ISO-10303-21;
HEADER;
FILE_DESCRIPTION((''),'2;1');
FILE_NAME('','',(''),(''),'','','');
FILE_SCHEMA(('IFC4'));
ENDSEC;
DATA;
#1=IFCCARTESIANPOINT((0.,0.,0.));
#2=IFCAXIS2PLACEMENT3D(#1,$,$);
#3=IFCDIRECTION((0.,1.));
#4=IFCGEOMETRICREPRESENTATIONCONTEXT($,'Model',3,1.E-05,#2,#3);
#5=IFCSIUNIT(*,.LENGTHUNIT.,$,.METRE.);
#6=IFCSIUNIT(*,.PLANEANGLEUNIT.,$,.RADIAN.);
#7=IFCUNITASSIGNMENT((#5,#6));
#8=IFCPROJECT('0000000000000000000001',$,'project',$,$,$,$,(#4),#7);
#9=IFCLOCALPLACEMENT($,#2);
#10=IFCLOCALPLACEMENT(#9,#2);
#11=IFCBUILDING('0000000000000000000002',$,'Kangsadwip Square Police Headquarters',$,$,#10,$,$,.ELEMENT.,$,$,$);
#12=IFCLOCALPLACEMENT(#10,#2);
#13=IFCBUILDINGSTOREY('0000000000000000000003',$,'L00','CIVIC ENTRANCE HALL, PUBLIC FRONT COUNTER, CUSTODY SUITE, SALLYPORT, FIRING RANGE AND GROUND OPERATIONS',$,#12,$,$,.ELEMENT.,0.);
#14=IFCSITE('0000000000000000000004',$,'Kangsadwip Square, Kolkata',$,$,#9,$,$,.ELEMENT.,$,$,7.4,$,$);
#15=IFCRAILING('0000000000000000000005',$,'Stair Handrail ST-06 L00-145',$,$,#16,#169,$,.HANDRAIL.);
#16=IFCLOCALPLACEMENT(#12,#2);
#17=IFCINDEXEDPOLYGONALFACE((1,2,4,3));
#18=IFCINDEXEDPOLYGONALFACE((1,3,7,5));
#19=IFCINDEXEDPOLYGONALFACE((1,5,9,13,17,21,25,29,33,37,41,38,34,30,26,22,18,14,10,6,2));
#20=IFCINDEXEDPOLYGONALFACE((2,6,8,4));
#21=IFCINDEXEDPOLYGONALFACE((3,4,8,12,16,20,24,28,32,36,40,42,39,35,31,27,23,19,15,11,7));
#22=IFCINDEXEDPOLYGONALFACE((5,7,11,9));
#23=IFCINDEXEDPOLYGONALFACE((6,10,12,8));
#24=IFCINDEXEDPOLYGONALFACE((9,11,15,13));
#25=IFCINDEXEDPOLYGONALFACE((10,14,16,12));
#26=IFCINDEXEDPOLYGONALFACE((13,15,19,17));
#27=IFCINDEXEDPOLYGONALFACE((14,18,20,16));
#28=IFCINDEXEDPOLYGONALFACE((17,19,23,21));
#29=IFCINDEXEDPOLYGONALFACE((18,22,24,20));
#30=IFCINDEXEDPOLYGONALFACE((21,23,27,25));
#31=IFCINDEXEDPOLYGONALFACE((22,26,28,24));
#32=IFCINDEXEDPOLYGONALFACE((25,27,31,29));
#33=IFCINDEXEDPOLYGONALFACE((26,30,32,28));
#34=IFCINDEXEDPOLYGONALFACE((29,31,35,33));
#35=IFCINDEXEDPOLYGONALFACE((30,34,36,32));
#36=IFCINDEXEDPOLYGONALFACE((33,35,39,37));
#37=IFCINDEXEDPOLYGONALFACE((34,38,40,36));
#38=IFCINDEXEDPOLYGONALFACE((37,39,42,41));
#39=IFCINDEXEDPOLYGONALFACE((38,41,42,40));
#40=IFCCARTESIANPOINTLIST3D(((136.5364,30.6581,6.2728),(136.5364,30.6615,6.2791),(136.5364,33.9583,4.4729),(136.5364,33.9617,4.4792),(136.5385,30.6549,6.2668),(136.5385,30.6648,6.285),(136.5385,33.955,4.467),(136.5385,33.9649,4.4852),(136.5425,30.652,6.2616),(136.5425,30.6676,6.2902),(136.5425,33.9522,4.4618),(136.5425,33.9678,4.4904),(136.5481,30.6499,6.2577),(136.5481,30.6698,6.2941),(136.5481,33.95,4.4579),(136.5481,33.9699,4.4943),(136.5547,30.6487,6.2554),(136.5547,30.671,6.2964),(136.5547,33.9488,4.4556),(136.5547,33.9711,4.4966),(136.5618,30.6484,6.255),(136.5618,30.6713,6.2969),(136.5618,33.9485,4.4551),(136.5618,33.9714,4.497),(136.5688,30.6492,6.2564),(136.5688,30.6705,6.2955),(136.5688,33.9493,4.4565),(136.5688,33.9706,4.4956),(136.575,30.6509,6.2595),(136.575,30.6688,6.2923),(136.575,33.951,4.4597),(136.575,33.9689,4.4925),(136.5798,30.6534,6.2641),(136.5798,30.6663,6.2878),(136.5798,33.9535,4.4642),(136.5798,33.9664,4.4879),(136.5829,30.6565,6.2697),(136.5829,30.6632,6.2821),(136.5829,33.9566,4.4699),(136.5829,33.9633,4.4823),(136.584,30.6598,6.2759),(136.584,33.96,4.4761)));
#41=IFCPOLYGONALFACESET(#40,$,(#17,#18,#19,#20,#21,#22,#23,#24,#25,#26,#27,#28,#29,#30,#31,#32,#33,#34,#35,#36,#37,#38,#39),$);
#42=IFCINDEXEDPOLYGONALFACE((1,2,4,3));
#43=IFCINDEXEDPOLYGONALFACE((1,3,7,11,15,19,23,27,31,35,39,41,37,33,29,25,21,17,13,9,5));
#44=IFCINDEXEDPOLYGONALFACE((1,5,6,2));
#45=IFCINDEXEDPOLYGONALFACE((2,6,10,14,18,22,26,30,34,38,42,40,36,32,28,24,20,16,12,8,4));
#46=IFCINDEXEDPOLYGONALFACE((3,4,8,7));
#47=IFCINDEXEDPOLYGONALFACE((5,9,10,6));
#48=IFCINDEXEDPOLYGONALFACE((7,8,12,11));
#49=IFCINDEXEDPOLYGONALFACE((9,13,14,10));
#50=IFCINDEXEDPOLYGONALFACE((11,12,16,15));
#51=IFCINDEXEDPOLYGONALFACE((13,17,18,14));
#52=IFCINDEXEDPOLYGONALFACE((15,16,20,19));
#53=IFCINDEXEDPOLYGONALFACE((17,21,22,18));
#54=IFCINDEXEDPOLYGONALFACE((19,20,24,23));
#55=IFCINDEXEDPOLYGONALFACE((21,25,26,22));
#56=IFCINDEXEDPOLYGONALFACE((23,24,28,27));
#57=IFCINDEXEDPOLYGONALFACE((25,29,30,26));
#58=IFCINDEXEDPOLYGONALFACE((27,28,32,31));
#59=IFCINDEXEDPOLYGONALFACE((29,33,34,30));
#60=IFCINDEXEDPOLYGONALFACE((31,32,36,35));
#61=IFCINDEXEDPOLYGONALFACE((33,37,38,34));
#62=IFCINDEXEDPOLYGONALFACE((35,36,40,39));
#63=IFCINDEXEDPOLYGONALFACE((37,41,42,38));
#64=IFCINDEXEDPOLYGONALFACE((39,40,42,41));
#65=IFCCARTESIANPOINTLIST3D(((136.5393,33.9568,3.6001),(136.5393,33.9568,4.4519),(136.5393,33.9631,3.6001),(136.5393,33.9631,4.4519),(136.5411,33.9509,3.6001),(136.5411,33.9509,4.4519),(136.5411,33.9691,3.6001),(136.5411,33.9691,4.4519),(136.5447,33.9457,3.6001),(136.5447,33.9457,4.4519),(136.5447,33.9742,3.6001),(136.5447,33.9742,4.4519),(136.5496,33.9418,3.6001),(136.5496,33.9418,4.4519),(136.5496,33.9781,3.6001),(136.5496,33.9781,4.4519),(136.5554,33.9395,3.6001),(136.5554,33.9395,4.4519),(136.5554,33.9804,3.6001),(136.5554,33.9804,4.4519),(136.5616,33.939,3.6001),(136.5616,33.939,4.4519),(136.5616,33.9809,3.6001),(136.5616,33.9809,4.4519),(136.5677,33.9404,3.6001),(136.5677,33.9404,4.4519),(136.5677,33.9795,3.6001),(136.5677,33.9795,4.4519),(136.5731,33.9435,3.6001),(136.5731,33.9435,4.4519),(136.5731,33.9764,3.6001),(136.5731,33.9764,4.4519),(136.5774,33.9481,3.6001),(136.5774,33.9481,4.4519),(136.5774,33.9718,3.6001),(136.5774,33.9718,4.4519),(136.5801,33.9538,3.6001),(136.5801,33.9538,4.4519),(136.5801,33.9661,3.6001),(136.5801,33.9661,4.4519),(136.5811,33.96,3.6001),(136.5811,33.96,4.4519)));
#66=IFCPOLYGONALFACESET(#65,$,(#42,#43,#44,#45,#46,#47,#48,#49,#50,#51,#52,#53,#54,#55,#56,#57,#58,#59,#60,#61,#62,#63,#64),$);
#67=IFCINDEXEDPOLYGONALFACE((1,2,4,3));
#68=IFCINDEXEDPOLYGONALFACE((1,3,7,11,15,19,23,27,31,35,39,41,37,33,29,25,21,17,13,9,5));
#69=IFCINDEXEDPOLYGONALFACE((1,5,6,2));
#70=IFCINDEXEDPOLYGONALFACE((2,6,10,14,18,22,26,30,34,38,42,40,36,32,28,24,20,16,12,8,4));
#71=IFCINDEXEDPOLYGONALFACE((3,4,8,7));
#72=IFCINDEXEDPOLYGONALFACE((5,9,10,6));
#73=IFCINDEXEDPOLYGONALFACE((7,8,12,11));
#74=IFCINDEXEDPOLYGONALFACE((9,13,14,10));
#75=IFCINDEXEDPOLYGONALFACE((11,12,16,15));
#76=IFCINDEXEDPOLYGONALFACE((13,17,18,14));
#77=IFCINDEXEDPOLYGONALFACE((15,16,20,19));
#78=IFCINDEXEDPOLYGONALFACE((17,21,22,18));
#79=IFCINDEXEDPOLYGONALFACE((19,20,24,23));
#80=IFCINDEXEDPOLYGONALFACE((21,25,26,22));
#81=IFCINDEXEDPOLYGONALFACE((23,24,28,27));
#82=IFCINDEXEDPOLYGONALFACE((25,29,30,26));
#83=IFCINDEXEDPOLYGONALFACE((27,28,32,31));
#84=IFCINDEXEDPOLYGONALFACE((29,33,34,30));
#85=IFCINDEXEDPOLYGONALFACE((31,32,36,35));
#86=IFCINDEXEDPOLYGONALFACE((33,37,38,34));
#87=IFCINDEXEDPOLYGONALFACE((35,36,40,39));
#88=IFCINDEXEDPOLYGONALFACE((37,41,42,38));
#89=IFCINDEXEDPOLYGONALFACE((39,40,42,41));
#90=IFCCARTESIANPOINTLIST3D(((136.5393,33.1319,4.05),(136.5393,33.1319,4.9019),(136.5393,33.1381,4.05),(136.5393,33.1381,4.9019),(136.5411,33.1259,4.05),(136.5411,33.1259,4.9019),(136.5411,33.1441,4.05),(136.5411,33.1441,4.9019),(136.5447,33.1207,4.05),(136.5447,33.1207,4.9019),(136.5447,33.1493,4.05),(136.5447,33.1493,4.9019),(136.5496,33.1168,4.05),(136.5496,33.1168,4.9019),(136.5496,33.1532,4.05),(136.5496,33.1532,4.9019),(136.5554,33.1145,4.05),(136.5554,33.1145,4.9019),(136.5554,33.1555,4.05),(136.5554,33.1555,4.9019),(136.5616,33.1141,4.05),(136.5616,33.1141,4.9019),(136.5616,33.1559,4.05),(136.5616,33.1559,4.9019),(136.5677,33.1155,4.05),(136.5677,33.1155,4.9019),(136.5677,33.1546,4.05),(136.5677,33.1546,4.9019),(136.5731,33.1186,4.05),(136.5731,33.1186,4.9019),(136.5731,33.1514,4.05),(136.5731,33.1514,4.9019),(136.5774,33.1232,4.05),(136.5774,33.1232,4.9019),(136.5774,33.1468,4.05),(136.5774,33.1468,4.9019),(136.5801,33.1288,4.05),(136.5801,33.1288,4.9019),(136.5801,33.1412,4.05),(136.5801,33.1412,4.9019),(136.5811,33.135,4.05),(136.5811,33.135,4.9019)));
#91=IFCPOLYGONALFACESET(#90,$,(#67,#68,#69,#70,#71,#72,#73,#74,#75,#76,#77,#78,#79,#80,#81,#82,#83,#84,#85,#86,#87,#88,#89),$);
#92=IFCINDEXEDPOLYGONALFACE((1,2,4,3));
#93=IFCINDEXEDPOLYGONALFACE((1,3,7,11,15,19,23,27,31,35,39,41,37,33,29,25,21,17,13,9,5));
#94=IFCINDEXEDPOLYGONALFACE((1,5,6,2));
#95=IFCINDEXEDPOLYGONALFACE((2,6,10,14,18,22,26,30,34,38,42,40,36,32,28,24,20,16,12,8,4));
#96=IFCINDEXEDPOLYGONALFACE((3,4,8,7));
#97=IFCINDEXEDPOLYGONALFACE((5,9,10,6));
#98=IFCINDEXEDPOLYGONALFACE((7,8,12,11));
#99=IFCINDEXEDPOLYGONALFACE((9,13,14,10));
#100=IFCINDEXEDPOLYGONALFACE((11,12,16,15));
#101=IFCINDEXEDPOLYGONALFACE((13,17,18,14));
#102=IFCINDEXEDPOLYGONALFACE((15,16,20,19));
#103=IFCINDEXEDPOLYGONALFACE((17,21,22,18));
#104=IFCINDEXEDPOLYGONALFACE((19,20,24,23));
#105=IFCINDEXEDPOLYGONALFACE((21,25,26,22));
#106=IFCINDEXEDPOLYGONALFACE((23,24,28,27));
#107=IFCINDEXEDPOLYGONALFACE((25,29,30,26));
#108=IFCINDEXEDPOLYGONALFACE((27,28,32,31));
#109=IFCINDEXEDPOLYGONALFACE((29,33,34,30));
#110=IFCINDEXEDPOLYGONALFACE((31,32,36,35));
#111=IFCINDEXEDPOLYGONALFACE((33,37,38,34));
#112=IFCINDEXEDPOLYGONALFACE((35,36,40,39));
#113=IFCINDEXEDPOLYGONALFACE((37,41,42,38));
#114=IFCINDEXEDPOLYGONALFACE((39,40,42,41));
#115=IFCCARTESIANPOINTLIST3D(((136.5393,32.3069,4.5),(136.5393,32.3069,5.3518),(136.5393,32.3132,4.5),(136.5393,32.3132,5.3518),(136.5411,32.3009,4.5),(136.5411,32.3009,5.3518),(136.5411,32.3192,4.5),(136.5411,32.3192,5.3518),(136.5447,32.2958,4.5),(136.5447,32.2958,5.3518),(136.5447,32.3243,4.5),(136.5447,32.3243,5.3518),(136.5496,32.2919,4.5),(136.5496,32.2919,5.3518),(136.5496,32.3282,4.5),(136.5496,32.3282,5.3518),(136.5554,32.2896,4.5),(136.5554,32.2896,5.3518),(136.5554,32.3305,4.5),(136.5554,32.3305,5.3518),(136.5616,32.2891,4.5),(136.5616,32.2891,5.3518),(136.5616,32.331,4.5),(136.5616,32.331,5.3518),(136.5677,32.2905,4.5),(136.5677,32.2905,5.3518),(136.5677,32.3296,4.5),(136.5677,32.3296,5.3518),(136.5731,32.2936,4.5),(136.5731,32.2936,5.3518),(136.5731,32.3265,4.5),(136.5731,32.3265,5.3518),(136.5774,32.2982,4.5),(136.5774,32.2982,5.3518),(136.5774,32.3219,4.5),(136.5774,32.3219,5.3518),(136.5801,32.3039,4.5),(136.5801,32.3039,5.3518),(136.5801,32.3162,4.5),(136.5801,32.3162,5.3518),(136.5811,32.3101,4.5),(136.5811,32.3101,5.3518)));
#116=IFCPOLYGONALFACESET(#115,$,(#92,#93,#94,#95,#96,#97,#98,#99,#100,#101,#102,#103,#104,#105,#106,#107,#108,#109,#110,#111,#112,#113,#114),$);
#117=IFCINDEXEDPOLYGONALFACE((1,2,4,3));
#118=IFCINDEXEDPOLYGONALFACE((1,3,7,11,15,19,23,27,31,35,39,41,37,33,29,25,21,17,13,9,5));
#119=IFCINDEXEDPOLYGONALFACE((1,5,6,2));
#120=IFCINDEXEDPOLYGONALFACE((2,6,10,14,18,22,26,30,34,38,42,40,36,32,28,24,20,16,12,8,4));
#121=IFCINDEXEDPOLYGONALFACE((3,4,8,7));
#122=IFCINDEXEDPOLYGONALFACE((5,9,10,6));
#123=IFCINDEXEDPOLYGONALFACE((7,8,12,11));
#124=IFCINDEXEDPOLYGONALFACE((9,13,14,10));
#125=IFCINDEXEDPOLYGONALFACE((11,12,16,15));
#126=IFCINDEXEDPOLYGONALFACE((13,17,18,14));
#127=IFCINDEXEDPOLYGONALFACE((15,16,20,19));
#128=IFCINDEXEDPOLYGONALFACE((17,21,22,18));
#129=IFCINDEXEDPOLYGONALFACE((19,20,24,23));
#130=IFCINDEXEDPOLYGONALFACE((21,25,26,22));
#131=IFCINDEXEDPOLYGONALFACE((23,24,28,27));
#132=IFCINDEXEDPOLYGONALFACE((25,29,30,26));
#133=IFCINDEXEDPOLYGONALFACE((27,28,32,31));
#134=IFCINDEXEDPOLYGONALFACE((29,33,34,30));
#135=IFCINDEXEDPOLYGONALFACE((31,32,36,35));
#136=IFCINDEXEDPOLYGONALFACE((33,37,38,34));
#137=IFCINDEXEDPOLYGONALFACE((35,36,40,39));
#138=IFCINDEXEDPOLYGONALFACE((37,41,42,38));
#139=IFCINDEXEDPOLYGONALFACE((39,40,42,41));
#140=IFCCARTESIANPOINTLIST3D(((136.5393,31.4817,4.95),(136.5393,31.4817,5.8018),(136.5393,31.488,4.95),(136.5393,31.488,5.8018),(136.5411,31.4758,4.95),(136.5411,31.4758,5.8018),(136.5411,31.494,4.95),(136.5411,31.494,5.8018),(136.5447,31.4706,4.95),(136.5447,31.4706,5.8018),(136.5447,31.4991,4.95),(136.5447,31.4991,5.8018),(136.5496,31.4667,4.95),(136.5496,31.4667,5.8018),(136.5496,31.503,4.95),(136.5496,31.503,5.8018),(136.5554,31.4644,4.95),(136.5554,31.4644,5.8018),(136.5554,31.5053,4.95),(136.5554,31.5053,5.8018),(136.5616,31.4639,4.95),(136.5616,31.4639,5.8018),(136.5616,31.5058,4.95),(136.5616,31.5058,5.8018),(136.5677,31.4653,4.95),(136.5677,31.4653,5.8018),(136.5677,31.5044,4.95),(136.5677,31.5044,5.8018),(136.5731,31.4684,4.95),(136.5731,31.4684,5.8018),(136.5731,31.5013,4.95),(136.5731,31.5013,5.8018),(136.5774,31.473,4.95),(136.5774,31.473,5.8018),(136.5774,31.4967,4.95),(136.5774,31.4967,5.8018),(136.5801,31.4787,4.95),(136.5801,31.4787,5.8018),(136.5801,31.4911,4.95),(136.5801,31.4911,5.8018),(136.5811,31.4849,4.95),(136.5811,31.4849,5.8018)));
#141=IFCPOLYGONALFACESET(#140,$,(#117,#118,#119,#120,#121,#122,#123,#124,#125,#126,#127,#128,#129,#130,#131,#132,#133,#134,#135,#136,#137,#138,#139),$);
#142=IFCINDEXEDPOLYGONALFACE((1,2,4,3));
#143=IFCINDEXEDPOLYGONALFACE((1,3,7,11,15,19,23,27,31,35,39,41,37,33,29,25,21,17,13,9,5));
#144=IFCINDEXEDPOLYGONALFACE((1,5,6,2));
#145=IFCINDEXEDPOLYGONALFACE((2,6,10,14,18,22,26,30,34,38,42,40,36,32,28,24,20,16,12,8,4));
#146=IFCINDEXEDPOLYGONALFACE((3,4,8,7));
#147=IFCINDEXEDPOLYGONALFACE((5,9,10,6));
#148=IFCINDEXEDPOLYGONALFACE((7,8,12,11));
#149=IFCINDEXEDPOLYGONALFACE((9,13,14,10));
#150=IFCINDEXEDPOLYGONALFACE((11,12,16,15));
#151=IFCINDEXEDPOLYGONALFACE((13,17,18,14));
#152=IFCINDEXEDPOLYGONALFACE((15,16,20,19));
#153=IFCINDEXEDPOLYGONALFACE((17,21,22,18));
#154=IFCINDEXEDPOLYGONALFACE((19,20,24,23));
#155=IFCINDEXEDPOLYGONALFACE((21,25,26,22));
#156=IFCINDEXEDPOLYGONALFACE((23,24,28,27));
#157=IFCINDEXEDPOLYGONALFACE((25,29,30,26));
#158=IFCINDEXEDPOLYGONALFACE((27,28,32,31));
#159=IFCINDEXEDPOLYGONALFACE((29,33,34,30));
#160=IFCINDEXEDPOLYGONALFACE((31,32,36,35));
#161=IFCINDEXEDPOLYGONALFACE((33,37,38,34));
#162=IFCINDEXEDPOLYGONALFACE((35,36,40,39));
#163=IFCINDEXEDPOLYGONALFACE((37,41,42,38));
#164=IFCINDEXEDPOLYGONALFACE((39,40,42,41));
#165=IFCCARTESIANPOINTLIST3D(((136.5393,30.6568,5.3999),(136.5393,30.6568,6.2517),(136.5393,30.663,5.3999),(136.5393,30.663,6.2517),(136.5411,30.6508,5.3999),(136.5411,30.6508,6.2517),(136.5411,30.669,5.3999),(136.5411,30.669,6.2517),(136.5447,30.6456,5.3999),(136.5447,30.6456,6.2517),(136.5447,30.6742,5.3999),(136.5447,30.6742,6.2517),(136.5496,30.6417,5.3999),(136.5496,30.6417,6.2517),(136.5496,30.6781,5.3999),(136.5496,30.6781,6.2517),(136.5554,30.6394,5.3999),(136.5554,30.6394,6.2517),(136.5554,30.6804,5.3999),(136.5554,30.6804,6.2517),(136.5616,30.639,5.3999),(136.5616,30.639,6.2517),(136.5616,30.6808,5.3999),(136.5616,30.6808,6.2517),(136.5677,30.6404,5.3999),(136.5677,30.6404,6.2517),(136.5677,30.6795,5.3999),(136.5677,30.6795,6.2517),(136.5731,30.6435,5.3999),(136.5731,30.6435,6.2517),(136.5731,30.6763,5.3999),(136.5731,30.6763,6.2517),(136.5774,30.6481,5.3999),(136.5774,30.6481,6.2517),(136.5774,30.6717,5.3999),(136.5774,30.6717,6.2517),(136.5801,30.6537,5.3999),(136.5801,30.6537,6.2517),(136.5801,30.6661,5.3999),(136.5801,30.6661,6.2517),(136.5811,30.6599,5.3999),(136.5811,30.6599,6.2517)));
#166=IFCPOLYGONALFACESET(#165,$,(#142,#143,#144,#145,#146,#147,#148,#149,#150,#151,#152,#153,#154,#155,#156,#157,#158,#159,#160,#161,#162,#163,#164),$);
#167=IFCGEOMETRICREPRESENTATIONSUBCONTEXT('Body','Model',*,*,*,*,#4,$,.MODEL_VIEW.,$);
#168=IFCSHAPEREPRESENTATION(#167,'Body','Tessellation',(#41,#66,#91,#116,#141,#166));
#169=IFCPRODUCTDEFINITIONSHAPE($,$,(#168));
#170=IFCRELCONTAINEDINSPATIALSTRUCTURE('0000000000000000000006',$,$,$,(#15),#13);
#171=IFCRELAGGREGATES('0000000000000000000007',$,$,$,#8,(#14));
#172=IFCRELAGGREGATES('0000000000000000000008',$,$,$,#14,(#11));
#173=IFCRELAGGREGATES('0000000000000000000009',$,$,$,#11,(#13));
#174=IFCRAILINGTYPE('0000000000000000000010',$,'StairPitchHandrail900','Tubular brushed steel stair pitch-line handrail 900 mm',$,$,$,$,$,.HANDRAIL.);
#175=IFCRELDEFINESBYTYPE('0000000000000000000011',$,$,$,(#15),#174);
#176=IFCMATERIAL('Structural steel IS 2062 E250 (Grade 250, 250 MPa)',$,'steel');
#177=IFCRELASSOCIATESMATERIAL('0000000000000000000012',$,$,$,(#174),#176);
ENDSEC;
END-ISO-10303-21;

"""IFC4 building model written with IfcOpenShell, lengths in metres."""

from ifc_helpers import new_model, si_unit, direction, frame, origin, origin_2d, place, context, subcontext, project, spatial, circle, extrude, material, type_object, element, save


model = new_model("IFC4")

# Units and contexts
model_context = context("Model", 3, precision=1e-05, world=origin(), true_north=direction((0.0, 1.0)))
body_context = subcontext(model_context, "Body", "Model", "MODEL_VIEW")
ifc_project = project(units=[si_unit("LENGTHUNIT", "METRE"), si_unit("PLANEANGLEUNIT", "RADIAN")], contexts=[model_context])

# Site, building, storey
site_placement = place(None, origin())
site = spatial("IfcSite", under=ifc_project, at=site_placement, Name="Kangsadwip Square, Kolkata", CompositionType="ELEMENT", RefElevation=7.4)
building_placement = place(site_placement, origin())
building = spatial("IfcBuilding", under=site, at=building_placement, Name="Kangsadwip Square Police Headquarters", CompositionType="ELEMENT")
storey_placement = place(building_placement, origin())
storey = spatial("IfcBuildingStorey", under=building, at=storey_placement, Name="L00", Description="CIVIC ENTRANCE HALL, PUBLIC FRONT COUNTER, CUSTODY SUITE, SALLYPORT, FIRING RANGE AND GROUND OPERATIONS", CompositionType="ELEMENT", Elevation=0.0)

# Railing
ifc_material_1 = material(Name="Structural steel IS 2062 E250 (Grade 250, 250 MPa)", Category="steel")
railing_type = type_object("IfcRailingType", Name="StairPitchHandrail900", Description="Tubular brushed steel stair pitch-line handrail 900 mm", PredefinedType="HANDRAIL", material=ifc_material_1)
railing_placement = place(storey_placement, frame((136.5601, 33.96, 3.6001)))
element("IfcRailing", 1, at=railing_placement, inside=storey, type_object=railing_type, Name="Stair Handrail ST-06 L00-145", PredefinedType="HANDRAIL", context=body_context, shape_type="SweptSolid", body=[
    extrude(circle(Radius=0.0239, at=origin_2d()), frame((0.0, 0.0, 0.876), z_axis=(0.0, -0.87792, 0.478807), x_axis=(1.0, 0.0, 0.0)), (0.0, 0.0, 1.0), 3.759),
    extrude(circle(Radius=0.021, at=origin_2d()), origin(), (0.0, 0.0, 1.0), 0.8518),
    extrude(circle(Radius=0.021, at=origin_2d()), frame((0.0, -0.825, 0.45)), (0.0, 0.0, 1.0), 0.8518),
    extrude(circle(Radius=0.021, at=origin_2d()), frame((0.0, -1.6499, 0.8999)), (0.0, 0.0, 1.0), 0.8518),
    extrude(circle(Radius=0.021, at=origin_2d()), frame((0.0, -2.4751, 1.3499)), (0.0, 0.0, 1.0), 0.8518),
    extrude(circle(Radius=0.021, at=origin_2d()), frame((0.0, -3.3, 1.7998)), (0.0, 0.0, 1.0), 0.8518),
])

save(model, "model.ifc")
